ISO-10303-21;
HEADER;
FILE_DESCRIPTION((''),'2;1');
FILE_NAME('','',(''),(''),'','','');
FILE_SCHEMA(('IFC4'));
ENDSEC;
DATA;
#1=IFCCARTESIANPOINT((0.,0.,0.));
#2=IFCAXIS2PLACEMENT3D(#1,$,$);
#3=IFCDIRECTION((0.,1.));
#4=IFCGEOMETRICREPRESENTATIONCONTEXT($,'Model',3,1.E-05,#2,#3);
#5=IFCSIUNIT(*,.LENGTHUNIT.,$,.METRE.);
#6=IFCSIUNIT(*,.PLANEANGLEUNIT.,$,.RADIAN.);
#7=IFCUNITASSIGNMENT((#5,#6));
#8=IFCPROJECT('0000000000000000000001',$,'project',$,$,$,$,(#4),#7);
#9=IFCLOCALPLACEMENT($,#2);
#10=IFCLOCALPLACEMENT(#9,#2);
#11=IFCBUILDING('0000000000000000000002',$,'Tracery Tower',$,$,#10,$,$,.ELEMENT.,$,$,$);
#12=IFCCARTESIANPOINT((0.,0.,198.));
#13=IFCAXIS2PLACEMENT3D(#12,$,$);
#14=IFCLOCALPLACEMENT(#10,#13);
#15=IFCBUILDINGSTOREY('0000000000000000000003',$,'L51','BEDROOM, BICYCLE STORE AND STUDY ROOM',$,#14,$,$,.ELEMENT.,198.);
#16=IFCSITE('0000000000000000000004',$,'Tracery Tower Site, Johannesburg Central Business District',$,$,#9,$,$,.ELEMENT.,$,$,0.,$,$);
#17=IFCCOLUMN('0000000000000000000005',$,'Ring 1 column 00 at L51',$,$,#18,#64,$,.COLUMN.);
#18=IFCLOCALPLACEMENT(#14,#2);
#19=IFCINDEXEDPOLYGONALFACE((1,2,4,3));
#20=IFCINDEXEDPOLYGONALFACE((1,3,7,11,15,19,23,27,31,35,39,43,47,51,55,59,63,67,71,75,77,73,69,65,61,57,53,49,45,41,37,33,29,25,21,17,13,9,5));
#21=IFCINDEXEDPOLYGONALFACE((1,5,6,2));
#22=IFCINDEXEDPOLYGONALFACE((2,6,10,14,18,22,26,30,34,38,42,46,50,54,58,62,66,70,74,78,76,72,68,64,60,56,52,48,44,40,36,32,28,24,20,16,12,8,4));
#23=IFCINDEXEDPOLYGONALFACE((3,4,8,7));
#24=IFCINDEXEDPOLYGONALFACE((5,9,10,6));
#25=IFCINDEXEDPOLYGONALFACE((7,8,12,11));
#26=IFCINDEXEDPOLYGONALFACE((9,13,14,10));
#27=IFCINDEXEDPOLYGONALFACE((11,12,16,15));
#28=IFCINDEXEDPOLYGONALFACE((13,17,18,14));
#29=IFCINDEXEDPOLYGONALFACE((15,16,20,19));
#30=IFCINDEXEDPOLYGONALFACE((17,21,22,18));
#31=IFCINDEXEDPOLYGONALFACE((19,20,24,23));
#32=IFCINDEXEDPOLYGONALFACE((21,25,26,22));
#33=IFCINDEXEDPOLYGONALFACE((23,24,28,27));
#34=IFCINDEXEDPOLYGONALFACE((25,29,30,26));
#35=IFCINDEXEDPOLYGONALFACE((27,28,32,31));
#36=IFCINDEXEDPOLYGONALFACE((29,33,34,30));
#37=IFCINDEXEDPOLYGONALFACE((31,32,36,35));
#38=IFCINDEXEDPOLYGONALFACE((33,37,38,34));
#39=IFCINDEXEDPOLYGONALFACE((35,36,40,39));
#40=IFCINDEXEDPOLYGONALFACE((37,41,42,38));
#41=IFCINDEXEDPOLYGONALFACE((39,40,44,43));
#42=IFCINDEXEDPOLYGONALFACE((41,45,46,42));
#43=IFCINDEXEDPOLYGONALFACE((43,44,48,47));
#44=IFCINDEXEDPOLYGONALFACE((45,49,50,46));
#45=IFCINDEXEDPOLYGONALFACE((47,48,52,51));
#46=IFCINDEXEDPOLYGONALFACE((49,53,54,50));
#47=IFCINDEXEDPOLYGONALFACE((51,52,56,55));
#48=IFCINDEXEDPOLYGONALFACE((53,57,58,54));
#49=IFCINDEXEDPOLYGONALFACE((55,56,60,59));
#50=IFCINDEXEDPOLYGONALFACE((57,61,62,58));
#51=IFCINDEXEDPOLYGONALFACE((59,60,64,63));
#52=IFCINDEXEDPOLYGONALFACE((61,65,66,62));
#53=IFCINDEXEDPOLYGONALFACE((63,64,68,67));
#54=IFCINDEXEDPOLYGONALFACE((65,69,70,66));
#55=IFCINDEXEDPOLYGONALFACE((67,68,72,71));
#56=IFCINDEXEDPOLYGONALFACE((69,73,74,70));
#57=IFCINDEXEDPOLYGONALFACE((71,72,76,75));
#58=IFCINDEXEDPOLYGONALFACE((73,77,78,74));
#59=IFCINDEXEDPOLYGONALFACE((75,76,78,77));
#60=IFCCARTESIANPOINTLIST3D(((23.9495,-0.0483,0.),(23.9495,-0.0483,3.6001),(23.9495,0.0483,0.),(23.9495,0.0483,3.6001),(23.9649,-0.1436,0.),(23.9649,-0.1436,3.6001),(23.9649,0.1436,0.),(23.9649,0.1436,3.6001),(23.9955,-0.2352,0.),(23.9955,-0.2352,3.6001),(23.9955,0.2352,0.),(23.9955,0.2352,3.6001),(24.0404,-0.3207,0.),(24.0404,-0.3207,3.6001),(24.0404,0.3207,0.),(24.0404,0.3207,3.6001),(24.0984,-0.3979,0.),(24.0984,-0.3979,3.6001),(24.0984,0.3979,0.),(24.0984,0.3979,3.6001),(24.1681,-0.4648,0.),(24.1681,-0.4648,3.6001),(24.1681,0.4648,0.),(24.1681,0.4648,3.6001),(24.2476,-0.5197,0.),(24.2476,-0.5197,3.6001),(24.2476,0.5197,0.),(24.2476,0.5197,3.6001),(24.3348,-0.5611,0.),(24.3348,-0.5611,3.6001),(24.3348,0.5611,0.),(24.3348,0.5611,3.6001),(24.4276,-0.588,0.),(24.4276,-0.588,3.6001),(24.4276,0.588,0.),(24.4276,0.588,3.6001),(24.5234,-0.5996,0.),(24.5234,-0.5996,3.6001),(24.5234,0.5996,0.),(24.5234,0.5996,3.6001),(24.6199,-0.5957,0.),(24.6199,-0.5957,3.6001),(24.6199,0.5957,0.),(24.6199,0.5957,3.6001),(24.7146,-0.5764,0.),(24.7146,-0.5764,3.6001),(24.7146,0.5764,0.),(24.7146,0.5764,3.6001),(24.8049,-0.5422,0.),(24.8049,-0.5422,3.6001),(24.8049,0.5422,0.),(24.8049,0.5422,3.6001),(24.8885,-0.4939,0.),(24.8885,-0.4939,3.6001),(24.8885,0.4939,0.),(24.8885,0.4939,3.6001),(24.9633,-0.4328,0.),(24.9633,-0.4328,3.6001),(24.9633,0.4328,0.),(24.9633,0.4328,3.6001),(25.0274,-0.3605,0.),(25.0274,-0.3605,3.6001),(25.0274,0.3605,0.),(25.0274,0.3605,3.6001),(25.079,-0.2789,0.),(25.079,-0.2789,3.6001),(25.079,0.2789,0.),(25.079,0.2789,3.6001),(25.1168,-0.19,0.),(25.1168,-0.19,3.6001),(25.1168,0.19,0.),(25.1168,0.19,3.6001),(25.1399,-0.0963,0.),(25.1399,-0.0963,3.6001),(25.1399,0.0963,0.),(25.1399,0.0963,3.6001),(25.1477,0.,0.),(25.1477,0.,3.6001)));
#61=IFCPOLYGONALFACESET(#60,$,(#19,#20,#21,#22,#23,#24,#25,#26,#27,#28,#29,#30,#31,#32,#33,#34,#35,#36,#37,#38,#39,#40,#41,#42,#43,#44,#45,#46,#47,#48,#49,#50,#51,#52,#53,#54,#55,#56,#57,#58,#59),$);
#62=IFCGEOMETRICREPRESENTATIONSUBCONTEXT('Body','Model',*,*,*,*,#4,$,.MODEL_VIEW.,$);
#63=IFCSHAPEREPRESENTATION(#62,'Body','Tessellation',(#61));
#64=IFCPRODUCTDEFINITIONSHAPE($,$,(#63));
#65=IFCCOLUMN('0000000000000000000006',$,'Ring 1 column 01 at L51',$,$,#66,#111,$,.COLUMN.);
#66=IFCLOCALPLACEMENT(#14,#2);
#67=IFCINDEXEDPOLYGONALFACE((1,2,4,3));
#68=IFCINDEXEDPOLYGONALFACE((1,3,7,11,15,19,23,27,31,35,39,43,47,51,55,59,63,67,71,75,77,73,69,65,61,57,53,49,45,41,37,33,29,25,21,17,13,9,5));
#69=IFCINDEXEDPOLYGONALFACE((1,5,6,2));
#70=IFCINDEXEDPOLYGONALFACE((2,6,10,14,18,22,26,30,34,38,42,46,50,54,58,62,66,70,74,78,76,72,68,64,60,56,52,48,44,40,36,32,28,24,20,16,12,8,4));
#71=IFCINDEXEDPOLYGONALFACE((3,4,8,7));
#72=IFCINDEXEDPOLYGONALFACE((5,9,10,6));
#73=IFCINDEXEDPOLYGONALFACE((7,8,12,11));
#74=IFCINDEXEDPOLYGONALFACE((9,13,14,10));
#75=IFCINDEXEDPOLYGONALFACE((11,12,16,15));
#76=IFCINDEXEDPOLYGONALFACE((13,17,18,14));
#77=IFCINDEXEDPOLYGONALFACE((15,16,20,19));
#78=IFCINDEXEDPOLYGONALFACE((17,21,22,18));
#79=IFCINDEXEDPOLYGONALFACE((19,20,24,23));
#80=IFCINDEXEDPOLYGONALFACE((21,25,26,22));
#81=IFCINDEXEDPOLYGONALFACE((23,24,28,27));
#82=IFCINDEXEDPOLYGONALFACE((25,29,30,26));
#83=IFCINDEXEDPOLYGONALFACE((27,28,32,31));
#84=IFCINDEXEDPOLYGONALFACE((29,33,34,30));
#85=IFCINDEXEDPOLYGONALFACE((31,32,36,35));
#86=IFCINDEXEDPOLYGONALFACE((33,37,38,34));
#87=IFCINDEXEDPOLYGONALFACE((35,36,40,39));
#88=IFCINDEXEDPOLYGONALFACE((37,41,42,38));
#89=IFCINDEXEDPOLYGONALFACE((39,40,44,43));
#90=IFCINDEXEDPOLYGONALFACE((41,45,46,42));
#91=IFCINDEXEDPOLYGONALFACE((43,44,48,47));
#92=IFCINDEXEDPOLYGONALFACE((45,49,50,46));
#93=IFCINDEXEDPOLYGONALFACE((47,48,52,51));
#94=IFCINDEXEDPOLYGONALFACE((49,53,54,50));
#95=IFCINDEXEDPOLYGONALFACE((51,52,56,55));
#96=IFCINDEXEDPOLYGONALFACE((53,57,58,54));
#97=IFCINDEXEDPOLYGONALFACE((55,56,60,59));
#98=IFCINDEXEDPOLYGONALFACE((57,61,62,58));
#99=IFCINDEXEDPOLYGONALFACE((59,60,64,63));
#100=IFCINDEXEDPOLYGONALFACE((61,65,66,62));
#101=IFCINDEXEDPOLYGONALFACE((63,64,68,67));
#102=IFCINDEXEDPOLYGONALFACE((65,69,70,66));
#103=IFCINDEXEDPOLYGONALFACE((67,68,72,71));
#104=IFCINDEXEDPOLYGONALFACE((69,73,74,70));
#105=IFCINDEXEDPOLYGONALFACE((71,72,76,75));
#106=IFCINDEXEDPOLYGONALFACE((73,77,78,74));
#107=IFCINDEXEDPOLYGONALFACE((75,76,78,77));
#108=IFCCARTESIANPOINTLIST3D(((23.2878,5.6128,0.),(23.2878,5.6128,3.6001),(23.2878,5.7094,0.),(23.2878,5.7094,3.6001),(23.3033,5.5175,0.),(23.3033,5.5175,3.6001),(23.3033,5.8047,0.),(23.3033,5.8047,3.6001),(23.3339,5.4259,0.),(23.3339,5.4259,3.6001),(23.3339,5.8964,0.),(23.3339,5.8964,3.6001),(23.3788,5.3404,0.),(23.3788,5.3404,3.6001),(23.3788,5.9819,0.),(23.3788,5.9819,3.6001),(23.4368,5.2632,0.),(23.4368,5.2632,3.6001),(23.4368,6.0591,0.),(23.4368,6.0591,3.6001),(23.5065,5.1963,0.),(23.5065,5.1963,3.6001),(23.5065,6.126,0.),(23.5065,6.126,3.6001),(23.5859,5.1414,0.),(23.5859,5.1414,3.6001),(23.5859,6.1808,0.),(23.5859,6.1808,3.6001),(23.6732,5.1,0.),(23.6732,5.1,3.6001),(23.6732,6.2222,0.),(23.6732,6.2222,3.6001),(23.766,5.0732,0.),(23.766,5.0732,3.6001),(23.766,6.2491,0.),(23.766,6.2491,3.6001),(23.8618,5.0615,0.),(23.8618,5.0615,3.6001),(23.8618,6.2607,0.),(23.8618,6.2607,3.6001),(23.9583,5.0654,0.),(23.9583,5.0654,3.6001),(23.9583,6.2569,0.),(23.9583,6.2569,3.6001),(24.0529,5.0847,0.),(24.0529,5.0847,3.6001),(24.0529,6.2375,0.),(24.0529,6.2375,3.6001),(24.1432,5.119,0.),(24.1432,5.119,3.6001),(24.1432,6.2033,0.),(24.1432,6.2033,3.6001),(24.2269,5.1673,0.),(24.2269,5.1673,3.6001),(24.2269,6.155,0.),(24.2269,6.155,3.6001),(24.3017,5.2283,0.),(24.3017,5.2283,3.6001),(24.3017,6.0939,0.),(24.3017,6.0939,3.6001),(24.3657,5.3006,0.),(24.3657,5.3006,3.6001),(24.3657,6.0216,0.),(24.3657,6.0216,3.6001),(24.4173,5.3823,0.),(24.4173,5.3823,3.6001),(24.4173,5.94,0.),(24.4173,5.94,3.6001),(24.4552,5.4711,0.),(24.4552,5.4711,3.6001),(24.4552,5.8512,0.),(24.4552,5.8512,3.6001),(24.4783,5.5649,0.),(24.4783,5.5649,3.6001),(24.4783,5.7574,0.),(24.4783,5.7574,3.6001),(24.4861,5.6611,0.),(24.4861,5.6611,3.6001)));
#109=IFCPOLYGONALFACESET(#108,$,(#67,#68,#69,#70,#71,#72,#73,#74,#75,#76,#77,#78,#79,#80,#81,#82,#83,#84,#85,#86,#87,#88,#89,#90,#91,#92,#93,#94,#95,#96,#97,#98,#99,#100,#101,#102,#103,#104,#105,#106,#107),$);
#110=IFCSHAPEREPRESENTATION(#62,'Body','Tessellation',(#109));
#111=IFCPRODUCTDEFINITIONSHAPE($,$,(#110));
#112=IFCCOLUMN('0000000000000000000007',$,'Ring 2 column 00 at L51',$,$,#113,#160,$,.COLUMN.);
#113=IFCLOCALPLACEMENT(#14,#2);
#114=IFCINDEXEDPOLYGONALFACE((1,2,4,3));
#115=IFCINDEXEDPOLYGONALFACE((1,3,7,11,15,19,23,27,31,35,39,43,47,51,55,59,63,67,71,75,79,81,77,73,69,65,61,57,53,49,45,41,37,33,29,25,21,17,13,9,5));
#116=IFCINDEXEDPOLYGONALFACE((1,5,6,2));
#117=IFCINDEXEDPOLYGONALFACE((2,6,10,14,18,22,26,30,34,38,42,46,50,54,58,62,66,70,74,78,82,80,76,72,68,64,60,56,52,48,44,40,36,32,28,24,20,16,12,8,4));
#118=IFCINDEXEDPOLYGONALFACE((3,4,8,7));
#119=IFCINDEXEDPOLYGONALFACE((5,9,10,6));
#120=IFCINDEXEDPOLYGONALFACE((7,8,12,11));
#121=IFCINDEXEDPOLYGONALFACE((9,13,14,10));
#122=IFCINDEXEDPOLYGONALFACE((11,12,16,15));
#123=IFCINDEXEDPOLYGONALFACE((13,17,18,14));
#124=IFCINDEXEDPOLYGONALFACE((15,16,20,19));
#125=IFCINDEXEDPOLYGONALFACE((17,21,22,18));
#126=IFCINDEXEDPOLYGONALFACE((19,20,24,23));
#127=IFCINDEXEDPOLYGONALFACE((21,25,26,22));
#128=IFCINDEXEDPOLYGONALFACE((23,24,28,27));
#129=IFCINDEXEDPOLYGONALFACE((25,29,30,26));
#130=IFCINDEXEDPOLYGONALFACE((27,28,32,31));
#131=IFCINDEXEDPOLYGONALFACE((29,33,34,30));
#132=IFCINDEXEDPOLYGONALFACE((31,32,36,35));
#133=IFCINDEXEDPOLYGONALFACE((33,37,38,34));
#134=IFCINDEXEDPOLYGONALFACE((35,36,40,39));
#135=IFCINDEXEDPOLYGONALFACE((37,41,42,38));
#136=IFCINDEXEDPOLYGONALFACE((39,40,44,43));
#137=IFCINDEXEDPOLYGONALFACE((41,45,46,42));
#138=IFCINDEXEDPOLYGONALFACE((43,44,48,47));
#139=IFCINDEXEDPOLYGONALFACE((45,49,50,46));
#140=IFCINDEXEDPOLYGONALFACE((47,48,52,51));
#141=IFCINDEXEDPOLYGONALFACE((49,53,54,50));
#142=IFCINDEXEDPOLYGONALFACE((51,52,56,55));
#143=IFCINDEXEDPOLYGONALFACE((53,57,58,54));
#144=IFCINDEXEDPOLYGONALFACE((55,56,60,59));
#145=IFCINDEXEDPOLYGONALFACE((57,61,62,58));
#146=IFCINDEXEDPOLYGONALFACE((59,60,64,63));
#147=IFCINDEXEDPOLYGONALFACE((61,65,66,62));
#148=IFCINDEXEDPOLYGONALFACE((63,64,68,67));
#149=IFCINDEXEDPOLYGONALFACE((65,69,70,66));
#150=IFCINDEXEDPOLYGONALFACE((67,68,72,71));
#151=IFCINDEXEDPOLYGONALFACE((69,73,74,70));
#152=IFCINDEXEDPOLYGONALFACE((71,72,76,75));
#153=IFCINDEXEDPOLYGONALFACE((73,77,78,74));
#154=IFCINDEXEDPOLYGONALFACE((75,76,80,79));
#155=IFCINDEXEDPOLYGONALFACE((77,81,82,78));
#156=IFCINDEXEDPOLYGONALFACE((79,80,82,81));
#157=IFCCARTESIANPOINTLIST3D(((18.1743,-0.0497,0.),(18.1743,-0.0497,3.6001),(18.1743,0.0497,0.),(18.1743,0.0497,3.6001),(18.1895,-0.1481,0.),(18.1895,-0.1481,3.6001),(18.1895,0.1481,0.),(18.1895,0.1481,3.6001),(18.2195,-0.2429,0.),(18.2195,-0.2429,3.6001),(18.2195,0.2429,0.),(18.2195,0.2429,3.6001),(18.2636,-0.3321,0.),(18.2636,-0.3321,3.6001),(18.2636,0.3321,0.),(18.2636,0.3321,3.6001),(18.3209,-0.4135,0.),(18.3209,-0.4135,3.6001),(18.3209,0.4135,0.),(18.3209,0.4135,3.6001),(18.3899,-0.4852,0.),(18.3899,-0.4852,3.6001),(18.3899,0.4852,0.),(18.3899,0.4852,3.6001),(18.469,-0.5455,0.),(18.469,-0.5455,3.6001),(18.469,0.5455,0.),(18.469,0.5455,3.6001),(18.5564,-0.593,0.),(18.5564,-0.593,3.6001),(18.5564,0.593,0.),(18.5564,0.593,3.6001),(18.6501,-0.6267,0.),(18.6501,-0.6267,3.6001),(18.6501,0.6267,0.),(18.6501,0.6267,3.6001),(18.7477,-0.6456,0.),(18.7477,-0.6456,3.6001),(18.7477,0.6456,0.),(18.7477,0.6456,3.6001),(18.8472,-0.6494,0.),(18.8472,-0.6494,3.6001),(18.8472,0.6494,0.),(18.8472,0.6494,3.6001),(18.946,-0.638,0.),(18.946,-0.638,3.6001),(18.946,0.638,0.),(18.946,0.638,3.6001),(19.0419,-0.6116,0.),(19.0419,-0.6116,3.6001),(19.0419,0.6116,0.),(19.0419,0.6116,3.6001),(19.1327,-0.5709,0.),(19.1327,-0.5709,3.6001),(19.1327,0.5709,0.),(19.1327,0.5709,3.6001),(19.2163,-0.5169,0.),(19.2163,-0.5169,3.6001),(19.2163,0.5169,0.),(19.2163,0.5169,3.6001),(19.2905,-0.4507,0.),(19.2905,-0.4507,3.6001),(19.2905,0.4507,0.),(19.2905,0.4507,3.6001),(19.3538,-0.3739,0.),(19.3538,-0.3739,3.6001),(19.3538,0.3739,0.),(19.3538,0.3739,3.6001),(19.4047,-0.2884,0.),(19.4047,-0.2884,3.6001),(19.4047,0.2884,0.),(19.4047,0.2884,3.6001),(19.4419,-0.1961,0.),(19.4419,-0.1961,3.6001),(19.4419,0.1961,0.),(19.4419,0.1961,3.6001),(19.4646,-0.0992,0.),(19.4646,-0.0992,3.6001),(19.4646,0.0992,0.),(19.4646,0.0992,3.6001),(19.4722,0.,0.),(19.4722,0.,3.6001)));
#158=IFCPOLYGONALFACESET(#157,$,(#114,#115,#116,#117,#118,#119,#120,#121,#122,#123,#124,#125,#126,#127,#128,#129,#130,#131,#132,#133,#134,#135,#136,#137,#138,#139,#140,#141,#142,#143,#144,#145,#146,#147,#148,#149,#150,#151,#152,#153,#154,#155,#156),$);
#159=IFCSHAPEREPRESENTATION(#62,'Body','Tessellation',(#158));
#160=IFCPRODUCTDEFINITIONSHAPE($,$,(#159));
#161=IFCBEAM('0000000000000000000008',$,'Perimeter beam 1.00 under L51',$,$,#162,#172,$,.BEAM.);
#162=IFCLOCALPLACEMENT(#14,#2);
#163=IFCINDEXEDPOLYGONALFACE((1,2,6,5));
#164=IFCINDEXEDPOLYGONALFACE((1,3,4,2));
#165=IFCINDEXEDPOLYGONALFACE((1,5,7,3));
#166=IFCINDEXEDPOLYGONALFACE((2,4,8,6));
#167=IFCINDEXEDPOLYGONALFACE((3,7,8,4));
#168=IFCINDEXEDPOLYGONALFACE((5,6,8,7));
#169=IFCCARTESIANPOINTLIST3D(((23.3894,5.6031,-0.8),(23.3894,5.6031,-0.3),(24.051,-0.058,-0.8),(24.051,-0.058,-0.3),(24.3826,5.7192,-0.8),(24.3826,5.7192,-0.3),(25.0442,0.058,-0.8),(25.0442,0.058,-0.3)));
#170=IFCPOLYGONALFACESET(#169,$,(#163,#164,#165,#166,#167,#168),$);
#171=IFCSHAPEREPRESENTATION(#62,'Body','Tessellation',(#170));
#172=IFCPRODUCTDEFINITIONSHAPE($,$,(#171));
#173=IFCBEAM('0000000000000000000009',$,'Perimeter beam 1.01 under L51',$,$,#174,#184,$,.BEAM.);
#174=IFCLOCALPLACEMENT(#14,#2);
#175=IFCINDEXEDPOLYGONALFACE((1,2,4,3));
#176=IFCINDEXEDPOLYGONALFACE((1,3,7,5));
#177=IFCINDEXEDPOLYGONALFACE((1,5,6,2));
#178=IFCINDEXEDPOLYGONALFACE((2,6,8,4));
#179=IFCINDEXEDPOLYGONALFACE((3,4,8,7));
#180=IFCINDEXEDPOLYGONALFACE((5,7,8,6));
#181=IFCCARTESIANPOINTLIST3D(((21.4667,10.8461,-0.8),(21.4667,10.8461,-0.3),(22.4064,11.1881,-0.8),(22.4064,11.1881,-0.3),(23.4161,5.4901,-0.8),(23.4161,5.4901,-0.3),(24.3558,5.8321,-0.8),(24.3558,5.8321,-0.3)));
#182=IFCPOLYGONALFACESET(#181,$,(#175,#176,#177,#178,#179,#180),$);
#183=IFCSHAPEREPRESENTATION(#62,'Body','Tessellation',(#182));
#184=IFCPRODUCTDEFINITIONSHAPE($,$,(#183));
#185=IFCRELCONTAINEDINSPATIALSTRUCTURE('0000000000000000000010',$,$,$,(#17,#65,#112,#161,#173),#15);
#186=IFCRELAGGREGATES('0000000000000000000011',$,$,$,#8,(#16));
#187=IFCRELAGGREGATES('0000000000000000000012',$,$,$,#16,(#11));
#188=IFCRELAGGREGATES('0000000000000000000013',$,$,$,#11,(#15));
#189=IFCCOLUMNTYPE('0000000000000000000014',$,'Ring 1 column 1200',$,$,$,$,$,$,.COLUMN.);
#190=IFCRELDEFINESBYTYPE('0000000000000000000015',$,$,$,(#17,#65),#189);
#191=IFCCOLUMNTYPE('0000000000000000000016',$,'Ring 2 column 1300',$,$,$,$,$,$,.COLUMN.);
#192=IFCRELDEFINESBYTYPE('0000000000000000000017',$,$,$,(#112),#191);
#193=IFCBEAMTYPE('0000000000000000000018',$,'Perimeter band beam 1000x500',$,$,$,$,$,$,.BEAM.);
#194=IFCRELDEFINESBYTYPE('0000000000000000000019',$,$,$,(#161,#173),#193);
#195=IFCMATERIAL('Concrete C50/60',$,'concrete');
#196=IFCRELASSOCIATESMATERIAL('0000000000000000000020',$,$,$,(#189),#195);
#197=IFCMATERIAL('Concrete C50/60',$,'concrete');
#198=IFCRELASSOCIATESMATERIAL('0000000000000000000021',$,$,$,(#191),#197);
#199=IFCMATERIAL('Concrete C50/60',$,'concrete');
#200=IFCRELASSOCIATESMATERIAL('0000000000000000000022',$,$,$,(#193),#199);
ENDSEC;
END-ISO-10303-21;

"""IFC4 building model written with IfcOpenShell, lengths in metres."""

from ifc_helpers import new_model, si_unit, direction, frame, origin, origin_2d, place, context, subcontext, project, spatial, rectangle, circle, extrude, material, material_profile, profile_set, type_object, element, save


model = new_model("IFC4")

# Units and contexts
model_context = context("Model", 3, precision=1e-05, world=origin(), true_north=direction((0.0, 1.0)))
body_context = subcontext(model_context, "Body", "Model", "MODEL_VIEW")
ifc_project = project(units=[si_unit("LENGTHUNIT", "METRE"), si_unit("PLANEANGLEUNIT", "RADIAN")], contexts=[model_context])

# Site, building, storey
site_placement = place(None, origin())
site = spatial("IfcSite", under=ifc_project, at=site_placement, Name="Tracery Tower Site, Johannesburg Central Business District", CompositionType="ELEMENT", RefElevation=0.0)
building_placement = place(site_placement, origin())
building = spatial("IfcBuilding", under=site, at=building_placement, Name="Tracery Tower", CompositionType="ELEMENT")
storey_placement = place(building_placement, frame((0.0, 0.0, 198.0)))
storey = spatial("IfcBuildingStorey", under=building, at=storey_placement, Name="L51", Description="BEDROOM, BICYCLE STORE AND STUDY ROOM", CompositionType="ELEMENT", Elevation=198.0)

# Columns
ifc_material_1 = material(Name="Concrete C50/60", Category="concrete")
ifc_material_profile_1 = material_profile(ifc_material_1, circle(Radius=0.6001, at=origin_2d()), Name="RC D1200")
ifc_profile_set_1 = profile_set([ifc_material_profile_1], Name="Concrete C50/60")
column_type_1 = type_object("IfcColumnType", Name="Ring 1 column 1200", PredefinedType="COLUMN", material=ifc_profile_set_1)
for number, where, z_axis, x_axis, name in (
    (1, (24.5476, 0.0, 0.0), (0.0, 0.0, 1.0), (1.0, 0.0, 0.0), "Ring 1 column 00 at L51"),
    (2, (23.886, 5.6611, 0.0), (0.0, 0.0, 1.0), (1.0, 0.0, 0.0), "Ring 1 column 01 at L51"),
):
    element("IfcColumn", number, at=place(storey_placement, frame(where, z_axis=z_axis, x_axis=x_axis)), inside=storey, type_object=column_type_1, Name=name, PredefinedType="COLUMN", context=body_context, shape_type="SweptSolid", body=[
        extrude(circle(Radius=0.6001, at=origin_2d()), origin(), (0.0, 0.0, 1.0), 3.6001),
    ])
ifc_material_2 = material(Name="Concrete C50/60", Category="concrete")
ifc_material_profile_2 = material_profile(ifc_material_2, circle(Radius=0.6499, at=origin_2d()), Name="RC D1300")
ifc_profile_set_2 = profile_set([ifc_material_profile_2], Name="Concrete C50/60")
column_type_2 = type_object("IfcColumnType", Name="Ring 2 column 1300", PredefinedType="COLUMN", material=ifc_profile_set_2)
column_placement = place(storey_placement, frame((18.8223, 0.0, 0.0), z_axis=(0.0, 0.0, 1.0), x_axis=(1.0, 0.0, 0.0)))
element("IfcColumn", 3, at=column_placement, inside=storey, type_object=column_type_2, Name="Ring 2 column 00 at L51", PredefinedType="COLUMN", context=body_context, shape_type="SweptSolid", body=[
    extrude(circle(Radius=0.6499, at=origin_2d()), origin(), (0.0, 0.0, 1.0), 3.6001),
])

# Beams
ifc_material_3 = material(Name="Concrete C50/60", Category="concrete")
ifc_material_profile_3 = material_profile(ifc_material_3, rectangle(XDim=1.0, YDim=0.5, at=origin_2d()), Name="RC 1000x500")
ifc_profile_set_3 = profile_set([ifc_material_profile_3], Name="Concrete C50/60")
beam_type = type_object("IfcBeamType", Name="Perimeter band beam 1000x500", PredefinedType="BEAM", material=ifc_profile_set_3)
for number, where, z_axis, x_axis, name in (
    (4, (24.5476, 0.0, -0.55), (-0.116081, 0.99324, 0.0), (-0.99324, -0.116081, 0.0), "Perimeter beam 1.00 under L51"),
    (5, (23.886, 5.6611, -0.55), (-0.342029, 0.93969, 0.0), (-0.93969, -0.342029, 0.0), "Perimeter beam 1.01 under L51"),
):
    element("IfcBeam", number, at=place(storey_placement, frame(where, z_axis=z_axis, x_axis=x_axis)), inside=storey, type_object=beam_type, Name=name, PredefinedType="BEAM", context=body_context, shape_type="SweptSolid", body=[
        extrude(rectangle(XDim=1.0, YDim=0.5, at=origin_2d()), origin(), (0.0, 0.0, 1.0), 5.6997),
    ])

save(model, "model.ifc")
